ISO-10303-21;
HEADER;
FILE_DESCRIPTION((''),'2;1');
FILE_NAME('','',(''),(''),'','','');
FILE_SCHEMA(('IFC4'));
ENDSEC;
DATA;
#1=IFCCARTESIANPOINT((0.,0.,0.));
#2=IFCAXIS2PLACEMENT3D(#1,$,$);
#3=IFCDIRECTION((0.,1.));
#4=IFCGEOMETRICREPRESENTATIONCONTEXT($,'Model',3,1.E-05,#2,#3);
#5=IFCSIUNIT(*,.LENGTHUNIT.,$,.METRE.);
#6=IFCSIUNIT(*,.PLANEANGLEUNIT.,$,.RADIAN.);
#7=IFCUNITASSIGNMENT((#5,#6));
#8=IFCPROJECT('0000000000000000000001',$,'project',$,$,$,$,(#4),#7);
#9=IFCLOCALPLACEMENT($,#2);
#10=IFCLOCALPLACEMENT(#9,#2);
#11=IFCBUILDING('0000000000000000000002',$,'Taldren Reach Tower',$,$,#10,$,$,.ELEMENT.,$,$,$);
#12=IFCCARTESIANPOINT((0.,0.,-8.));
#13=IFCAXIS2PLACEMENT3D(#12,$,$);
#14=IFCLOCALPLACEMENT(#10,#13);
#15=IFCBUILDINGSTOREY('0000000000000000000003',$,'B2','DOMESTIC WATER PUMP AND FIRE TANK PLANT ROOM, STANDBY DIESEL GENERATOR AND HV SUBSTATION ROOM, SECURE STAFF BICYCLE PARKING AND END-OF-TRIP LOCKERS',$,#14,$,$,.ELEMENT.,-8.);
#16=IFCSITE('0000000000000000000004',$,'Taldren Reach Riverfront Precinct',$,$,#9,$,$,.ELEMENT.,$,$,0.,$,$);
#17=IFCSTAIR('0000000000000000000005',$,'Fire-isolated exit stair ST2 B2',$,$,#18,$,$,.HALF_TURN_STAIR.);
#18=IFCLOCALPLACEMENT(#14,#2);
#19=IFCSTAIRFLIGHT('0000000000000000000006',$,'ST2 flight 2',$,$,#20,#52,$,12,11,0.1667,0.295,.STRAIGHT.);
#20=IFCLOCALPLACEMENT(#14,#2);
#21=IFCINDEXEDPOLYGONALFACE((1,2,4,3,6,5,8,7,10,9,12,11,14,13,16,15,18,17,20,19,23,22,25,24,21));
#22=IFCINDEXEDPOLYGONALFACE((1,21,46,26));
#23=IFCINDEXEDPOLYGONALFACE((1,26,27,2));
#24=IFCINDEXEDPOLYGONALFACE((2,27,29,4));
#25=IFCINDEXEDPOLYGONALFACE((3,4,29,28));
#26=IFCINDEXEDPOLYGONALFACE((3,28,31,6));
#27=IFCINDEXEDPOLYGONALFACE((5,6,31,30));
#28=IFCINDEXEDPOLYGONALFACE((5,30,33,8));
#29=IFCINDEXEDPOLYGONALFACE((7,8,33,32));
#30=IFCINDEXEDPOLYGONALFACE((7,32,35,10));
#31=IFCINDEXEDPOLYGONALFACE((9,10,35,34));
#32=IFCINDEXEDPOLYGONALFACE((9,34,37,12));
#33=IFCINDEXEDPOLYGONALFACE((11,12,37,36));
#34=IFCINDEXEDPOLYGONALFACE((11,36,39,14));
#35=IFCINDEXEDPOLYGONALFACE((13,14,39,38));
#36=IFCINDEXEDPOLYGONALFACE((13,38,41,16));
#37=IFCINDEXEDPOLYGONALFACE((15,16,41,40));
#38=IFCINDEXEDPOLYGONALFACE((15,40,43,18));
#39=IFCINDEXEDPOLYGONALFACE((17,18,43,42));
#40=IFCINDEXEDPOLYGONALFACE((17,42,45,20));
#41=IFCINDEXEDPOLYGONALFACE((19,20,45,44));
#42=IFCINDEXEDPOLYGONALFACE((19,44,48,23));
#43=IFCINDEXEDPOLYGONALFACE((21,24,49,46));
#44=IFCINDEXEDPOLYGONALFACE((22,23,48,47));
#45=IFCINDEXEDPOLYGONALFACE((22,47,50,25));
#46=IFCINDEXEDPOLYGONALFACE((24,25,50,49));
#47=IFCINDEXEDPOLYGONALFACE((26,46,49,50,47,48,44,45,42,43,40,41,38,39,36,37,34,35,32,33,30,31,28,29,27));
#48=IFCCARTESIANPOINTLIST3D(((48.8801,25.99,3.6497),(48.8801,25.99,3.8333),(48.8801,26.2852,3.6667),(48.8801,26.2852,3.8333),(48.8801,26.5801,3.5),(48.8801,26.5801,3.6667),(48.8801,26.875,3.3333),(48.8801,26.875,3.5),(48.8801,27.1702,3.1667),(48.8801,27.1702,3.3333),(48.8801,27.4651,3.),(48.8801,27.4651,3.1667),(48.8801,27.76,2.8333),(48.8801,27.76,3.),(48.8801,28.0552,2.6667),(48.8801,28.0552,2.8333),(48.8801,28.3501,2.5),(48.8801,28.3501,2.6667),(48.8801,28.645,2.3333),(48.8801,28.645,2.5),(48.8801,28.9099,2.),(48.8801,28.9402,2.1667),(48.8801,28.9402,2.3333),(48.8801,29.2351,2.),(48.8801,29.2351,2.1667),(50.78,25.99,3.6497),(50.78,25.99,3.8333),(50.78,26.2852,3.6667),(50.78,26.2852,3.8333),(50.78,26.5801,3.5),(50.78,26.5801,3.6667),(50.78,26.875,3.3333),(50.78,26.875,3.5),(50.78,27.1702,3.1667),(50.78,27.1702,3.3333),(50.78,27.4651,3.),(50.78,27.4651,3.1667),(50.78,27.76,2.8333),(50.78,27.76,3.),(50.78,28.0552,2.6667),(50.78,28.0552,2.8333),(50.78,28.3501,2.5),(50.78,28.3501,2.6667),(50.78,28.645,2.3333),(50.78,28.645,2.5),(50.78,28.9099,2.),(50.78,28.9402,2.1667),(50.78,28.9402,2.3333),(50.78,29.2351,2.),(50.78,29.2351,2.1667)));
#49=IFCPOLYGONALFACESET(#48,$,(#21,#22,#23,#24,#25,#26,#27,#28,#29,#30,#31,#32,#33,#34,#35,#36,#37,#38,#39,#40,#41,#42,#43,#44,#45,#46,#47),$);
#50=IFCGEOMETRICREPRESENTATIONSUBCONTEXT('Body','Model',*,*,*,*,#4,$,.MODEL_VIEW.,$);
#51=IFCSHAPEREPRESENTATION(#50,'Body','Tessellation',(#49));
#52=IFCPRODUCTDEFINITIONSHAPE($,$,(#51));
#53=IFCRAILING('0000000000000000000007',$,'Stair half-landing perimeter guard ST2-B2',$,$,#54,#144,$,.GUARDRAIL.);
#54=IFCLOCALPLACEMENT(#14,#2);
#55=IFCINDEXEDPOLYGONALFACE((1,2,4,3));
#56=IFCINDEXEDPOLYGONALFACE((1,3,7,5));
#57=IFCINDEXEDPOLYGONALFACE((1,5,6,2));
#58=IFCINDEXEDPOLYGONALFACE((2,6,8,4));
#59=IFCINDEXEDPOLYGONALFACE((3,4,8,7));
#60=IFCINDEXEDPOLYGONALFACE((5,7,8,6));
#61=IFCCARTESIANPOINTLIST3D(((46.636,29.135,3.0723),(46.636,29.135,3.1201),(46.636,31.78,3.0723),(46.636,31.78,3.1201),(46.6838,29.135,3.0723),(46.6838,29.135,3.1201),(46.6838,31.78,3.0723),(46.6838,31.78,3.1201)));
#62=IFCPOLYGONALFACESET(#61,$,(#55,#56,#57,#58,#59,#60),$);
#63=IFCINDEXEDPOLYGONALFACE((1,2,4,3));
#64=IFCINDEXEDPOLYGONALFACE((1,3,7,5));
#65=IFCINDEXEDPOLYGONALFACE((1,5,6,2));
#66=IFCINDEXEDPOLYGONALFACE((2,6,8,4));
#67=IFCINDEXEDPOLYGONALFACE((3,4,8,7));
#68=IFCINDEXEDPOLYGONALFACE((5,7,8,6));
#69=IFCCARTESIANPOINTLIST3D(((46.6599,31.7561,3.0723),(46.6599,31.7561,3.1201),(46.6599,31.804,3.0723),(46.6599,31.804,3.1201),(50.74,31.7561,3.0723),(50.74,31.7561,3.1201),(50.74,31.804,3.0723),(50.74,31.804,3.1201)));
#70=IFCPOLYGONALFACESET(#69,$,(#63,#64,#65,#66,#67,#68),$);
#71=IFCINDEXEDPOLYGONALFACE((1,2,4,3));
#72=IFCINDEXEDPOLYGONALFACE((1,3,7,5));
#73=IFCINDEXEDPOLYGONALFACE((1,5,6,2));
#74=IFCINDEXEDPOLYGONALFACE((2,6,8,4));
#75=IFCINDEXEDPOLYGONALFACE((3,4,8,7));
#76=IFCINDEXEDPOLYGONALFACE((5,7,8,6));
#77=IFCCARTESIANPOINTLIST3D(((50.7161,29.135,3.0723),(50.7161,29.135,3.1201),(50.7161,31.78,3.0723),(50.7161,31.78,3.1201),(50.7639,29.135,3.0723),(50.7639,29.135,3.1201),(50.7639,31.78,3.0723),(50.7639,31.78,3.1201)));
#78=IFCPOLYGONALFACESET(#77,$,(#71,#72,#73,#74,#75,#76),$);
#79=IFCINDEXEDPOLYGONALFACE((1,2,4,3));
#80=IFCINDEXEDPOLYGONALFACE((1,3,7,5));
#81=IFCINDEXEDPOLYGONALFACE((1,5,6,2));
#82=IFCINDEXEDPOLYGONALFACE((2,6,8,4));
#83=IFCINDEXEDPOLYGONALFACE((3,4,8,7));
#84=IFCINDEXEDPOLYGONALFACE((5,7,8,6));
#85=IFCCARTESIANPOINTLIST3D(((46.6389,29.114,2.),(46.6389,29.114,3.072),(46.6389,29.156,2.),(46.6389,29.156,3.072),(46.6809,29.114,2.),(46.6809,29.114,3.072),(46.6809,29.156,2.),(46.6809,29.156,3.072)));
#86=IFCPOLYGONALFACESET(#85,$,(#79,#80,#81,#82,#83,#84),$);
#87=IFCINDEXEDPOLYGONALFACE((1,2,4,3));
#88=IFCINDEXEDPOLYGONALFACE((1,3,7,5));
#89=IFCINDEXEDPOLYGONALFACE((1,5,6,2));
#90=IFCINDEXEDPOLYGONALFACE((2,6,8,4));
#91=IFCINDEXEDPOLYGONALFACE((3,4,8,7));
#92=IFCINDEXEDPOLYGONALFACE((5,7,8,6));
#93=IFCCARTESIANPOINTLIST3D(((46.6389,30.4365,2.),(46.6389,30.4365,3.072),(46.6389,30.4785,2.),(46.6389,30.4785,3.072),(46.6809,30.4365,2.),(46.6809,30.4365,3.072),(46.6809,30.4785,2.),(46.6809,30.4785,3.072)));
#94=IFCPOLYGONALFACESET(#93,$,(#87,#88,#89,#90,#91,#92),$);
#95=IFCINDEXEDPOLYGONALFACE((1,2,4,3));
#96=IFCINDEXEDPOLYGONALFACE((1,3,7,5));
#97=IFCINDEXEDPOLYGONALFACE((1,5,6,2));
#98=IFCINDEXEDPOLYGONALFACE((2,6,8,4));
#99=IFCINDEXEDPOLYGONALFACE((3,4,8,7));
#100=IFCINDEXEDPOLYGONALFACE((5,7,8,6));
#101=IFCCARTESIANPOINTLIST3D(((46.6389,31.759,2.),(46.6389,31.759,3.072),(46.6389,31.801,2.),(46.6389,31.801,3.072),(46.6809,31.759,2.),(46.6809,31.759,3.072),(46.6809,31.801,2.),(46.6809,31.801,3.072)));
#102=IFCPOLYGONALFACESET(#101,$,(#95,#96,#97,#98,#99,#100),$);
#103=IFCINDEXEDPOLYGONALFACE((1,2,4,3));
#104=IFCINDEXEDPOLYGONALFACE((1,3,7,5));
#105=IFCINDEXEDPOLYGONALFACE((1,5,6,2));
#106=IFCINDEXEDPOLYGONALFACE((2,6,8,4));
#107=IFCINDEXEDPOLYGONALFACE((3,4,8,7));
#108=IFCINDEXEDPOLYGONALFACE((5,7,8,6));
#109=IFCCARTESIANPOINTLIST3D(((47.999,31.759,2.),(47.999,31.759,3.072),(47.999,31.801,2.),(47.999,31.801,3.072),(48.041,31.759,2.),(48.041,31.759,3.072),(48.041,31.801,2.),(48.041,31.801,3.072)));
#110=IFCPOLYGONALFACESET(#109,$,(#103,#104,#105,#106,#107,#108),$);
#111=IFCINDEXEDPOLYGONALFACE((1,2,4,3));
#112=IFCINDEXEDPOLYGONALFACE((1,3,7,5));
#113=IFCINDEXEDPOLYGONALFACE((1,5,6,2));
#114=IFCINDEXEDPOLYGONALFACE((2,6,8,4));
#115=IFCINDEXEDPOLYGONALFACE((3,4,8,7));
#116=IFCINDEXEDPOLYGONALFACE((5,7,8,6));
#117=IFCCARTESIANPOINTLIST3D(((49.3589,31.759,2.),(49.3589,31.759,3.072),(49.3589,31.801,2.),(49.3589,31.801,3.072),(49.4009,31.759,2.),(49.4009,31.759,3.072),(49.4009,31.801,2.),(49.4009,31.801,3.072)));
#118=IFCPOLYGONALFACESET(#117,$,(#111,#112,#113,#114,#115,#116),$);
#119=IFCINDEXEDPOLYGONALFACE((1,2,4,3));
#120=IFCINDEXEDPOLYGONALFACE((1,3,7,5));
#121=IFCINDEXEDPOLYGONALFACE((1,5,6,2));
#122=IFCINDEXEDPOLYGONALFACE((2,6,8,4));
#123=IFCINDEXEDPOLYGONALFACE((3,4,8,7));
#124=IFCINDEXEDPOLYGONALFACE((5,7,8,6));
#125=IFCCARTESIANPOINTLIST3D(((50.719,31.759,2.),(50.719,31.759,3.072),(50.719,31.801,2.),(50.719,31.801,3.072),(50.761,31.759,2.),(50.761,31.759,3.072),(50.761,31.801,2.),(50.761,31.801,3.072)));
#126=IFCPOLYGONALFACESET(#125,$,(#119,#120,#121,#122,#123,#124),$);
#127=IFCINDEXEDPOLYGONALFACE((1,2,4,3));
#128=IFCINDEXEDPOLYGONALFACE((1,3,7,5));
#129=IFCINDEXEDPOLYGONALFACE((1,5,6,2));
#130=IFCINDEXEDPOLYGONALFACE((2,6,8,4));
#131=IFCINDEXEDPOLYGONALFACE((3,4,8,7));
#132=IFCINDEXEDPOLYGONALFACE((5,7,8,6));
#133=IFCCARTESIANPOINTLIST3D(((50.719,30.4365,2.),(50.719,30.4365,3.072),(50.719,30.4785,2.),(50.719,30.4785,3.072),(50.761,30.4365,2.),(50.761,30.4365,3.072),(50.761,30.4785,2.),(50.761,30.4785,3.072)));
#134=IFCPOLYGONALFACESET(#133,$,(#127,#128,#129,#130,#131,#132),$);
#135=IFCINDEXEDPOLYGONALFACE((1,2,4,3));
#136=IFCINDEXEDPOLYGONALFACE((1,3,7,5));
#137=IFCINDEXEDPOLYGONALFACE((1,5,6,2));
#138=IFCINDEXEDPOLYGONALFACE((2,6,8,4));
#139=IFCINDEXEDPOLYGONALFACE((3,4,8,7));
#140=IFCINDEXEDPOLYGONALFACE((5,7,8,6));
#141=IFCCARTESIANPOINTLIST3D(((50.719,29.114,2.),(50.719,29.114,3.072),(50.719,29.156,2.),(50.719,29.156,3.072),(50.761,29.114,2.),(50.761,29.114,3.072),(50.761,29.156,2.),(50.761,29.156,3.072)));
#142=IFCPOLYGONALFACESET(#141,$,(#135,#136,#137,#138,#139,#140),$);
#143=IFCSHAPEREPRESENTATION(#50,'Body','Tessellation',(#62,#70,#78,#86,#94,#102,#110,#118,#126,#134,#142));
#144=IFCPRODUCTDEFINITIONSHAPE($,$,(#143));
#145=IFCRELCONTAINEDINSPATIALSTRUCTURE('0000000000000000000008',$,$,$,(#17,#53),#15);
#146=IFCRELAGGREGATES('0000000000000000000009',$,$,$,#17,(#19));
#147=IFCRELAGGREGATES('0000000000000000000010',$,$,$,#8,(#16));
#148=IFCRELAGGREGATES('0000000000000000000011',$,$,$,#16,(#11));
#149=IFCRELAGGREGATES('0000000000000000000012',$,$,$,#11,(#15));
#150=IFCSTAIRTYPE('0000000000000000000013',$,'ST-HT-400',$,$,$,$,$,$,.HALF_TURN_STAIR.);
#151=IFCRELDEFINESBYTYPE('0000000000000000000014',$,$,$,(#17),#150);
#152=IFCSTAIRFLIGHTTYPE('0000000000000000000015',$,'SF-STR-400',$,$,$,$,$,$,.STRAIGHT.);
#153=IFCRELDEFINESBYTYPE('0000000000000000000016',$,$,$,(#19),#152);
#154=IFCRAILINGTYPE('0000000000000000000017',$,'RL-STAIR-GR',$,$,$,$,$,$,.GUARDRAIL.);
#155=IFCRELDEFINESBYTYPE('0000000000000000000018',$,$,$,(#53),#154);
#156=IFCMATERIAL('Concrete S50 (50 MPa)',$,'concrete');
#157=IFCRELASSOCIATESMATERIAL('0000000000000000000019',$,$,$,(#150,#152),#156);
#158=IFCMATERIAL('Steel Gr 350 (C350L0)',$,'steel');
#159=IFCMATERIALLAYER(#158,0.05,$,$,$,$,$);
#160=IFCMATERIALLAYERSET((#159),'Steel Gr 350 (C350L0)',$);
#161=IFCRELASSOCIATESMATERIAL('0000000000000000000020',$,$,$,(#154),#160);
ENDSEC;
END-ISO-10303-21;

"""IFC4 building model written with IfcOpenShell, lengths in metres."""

from ifc_helpers import new_model, si_unit, direction, frame, origin, origin_2d, place, context, subcontext, project, spatial, polyline, rectangle, outline, extrude, material, layer, layer_set, type_object, element, aggregate, save


model = new_model("IFC4")

# Units and contexts
model_context = context("Model", 3, precision=1e-05, world=origin(), true_north=direction((0.0, 1.0)))
body_context = subcontext(model_context, "Body", "Model", "MODEL_VIEW")
ifc_project = project(units=[si_unit("LENGTHUNIT", "METRE"), si_unit("PLANEANGLEUNIT", "RADIAN")], contexts=[model_context])

# Site, building, storey
site_placement = place(None, origin())
site = spatial("IfcSite", under=ifc_project, at=site_placement, Name="Taldren Reach Riverfront Precinct", CompositionType="ELEMENT", RefElevation=0.0)
building_placement = place(site_placement, origin())
building = spatial("IfcBuilding", under=site, at=building_placement, Name="Taldren Reach Tower", CompositionType="ELEMENT")
storey_placement = place(building_placement, frame((0.0, 0.0, -8.0)))
storey = spatial("IfcBuildingStorey", under=building, at=storey_placement, Name="B2", Description="DOMESTIC WATER PUMP AND FIRE TANK PLANT ROOM, STANDBY DIESEL GENERATOR AND HV SUBSTATION ROOM, SECURE STAFF BICYCLE PARKING AND END-OF-TRIP LOCKERS", CompositionType="ELEMENT", Elevation=-8.0)

# Shared definitions
ifc_material_1 = material(Name="Steel Gr 350 (C350L0)", Category="steel")

# Stair, stair flight
ifc_material_2 = material(Name="Concrete S50 (50 MPa)", Category="concrete")
stair_type = type_object("IfcStairType", Name="ST-HT-400", PredefinedType="HALF_TURN_STAIR", material=ifc_material_2)
stair_placement = place(storey_placement, origin())
stair = element("IfcStair", 1, at=stair_placement, inside=storey, type_object=stair_type, Name="Fire-isolated exit stair ST2 B2", PredefinedType="HALF_TURN_STAIR")
stair_flight_type = type_object("IfcStairFlightType", Name="SF-STR-400", PredefinedType="STRAIGHT", material=ifc_material_2)
stair_flight_1_placement = place(storey_placement, frame((49.8301, 29.2351, 2.0), z_axis=(0.0, 0.0, 1.0), x_axis=(0.0, -1.0, 0.0)))
stair_flight_1 = element("IfcStairFlight", 2, at=stair_flight_1_placement, type_object=stair_flight_type, Name="ST2 flight 2", NumberOfRisers=12, NumberOfTreads=11, PredefinedType="STRAIGHT", RiserHeight=0.1667, TreadLength=0.295, context=body_context, shape_type="SweptSolid", body=[
    extrude(outline(polyline([(0.0, 0.0), (0.0, 0.1667), (0.2949, 0.1667), (0.2949, 0.3333), (0.5901, 0.3333), (0.5901, 0.5), (0.885, 0.5), (0.885, 0.6667), (1.1799, 0.6667), (1.1799, 0.8333), (1.4751, 0.8333), (1.4751, 1.0), (1.77, 1.0), (1.77, 1.1667), (2.0649, 1.1667), (2.0649, 1.3333), (2.3601, 1.3333), (2.3601, 1.5), (2.655, 1.5), (2.655, 1.6667), (2.95, 1.6667), (2.95, 1.8333), (3.2451, 1.8333), (3.2451, 2.0), (3.2451, 1.6497), (0.3252, 0.0), (0.0, 0.0)])), frame((0.0, 0.95, 0.0), z_axis=(0.0, -1.0, 0.0), x_axis=(1.0, 0.0, 0.0)), (0.0, 0.0, 1.0), 1.8999),
])
aggregate(stair, [stair_flight_1])

# Railing
ifc_layer_1 = layer(ifc_material_1, 0.05)
ifc_layer_set_1 = layer_set([ifc_layer_1], Name="Steel Gr 350 (C350L0)")
railing_type_1 = type_object("IfcRailingType", Name="RL-STAIR-GR", PredefinedType="GUARDRAIL", material=ifc_layer_set_1)
railing_1_placement = place(storey_placement, frame((46.6599, 29.135, 2.0)))
element("IfcRailing", 3, at=railing_1_placement, inside=storey, type_object=railing_type_1, Name="Stair half-landing perimeter guard ST2-B2", PredefinedType="GUARDRAIL", context=body_context, shape_type="SweptSolid", body=[
    extrude(rectangle(XDim=0.0479, YDim=0.0479, at=origin_2d()), frame((0.0, 0.0, 1.0962), z_axis=(0.0, 1.0, 0.0), x_axis=(-1.0, 0.0, 0.0)), (0.0, 0.0, 1.0), 2.645),
    extrude(rectangle(XDim=0.0479, YDim=0.0479, at=origin_2d()), frame((0.0, 2.645, 1.0962), z_axis=(1.0, 0.0, 0.0), x_axis=(0.0, 1.0, 0.0)), (0.0, 0.0, 1.0), 4.0801),
    extrude(rectangle(XDim=0.0479, YDim=0.0479, at=origin_2d()), frame((4.0801, 2.645, 1.0962), z_axis=(0.0, -1.0, 0.0), x_axis=(1.0, 0.0, 0.0)), (0.0, 0.0, 1.0), 2.645),
    extrude(rectangle(XDim=0.042, YDim=0.042, at=origin_2d()), origin(), (0.0, 0.0, 1.0), 1.072),
    extrude(rectangle(XDim=0.042, YDim=0.042, at=origin_2d()), frame((0.0, 1.3225, 0.0)), (0.0, 0.0, 1.0), 1.072),
    extrude(rectangle(XDim=0.042, YDim=0.042, at=origin_2d()), frame((0.0, 2.645, 0.0)), (0.0, 0.0, 1.0), 1.072),
    extrude(rectangle(XDim=0.042, YDim=0.042, at=origin_2d()), frame((1.3601, 2.645, 0.0)), (0.0, 0.0, 1.0), 1.072),
    extrude(rectangle(XDim=0.042, YDim=0.042, at=origin_2d()), frame((2.72, 2.645, 0.0)), (0.0, 0.0, 1.0), 1.072),
    extrude(rectangle(XDim=0.042, YDim=0.042, at=origin_2d()), frame((4.0801, 2.645, 0.0)), (0.0, 0.0, 1.0), 1.072),
    extrude(rectangle(XDim=0.042, YDim=0.042, at=origin_2d()), frame((4.0801, 1.3225, 0.0)), (0.0, 0.0, 1.0), 1.072),
    extrude(rectangle(XDim=0.042, YDim=0.042, at=origin_2d()), frame((4.0801, 0.0, 0.0)), (0.0, 0.0, 1.0), 1.072),
])

save(model, "model.ifc")
